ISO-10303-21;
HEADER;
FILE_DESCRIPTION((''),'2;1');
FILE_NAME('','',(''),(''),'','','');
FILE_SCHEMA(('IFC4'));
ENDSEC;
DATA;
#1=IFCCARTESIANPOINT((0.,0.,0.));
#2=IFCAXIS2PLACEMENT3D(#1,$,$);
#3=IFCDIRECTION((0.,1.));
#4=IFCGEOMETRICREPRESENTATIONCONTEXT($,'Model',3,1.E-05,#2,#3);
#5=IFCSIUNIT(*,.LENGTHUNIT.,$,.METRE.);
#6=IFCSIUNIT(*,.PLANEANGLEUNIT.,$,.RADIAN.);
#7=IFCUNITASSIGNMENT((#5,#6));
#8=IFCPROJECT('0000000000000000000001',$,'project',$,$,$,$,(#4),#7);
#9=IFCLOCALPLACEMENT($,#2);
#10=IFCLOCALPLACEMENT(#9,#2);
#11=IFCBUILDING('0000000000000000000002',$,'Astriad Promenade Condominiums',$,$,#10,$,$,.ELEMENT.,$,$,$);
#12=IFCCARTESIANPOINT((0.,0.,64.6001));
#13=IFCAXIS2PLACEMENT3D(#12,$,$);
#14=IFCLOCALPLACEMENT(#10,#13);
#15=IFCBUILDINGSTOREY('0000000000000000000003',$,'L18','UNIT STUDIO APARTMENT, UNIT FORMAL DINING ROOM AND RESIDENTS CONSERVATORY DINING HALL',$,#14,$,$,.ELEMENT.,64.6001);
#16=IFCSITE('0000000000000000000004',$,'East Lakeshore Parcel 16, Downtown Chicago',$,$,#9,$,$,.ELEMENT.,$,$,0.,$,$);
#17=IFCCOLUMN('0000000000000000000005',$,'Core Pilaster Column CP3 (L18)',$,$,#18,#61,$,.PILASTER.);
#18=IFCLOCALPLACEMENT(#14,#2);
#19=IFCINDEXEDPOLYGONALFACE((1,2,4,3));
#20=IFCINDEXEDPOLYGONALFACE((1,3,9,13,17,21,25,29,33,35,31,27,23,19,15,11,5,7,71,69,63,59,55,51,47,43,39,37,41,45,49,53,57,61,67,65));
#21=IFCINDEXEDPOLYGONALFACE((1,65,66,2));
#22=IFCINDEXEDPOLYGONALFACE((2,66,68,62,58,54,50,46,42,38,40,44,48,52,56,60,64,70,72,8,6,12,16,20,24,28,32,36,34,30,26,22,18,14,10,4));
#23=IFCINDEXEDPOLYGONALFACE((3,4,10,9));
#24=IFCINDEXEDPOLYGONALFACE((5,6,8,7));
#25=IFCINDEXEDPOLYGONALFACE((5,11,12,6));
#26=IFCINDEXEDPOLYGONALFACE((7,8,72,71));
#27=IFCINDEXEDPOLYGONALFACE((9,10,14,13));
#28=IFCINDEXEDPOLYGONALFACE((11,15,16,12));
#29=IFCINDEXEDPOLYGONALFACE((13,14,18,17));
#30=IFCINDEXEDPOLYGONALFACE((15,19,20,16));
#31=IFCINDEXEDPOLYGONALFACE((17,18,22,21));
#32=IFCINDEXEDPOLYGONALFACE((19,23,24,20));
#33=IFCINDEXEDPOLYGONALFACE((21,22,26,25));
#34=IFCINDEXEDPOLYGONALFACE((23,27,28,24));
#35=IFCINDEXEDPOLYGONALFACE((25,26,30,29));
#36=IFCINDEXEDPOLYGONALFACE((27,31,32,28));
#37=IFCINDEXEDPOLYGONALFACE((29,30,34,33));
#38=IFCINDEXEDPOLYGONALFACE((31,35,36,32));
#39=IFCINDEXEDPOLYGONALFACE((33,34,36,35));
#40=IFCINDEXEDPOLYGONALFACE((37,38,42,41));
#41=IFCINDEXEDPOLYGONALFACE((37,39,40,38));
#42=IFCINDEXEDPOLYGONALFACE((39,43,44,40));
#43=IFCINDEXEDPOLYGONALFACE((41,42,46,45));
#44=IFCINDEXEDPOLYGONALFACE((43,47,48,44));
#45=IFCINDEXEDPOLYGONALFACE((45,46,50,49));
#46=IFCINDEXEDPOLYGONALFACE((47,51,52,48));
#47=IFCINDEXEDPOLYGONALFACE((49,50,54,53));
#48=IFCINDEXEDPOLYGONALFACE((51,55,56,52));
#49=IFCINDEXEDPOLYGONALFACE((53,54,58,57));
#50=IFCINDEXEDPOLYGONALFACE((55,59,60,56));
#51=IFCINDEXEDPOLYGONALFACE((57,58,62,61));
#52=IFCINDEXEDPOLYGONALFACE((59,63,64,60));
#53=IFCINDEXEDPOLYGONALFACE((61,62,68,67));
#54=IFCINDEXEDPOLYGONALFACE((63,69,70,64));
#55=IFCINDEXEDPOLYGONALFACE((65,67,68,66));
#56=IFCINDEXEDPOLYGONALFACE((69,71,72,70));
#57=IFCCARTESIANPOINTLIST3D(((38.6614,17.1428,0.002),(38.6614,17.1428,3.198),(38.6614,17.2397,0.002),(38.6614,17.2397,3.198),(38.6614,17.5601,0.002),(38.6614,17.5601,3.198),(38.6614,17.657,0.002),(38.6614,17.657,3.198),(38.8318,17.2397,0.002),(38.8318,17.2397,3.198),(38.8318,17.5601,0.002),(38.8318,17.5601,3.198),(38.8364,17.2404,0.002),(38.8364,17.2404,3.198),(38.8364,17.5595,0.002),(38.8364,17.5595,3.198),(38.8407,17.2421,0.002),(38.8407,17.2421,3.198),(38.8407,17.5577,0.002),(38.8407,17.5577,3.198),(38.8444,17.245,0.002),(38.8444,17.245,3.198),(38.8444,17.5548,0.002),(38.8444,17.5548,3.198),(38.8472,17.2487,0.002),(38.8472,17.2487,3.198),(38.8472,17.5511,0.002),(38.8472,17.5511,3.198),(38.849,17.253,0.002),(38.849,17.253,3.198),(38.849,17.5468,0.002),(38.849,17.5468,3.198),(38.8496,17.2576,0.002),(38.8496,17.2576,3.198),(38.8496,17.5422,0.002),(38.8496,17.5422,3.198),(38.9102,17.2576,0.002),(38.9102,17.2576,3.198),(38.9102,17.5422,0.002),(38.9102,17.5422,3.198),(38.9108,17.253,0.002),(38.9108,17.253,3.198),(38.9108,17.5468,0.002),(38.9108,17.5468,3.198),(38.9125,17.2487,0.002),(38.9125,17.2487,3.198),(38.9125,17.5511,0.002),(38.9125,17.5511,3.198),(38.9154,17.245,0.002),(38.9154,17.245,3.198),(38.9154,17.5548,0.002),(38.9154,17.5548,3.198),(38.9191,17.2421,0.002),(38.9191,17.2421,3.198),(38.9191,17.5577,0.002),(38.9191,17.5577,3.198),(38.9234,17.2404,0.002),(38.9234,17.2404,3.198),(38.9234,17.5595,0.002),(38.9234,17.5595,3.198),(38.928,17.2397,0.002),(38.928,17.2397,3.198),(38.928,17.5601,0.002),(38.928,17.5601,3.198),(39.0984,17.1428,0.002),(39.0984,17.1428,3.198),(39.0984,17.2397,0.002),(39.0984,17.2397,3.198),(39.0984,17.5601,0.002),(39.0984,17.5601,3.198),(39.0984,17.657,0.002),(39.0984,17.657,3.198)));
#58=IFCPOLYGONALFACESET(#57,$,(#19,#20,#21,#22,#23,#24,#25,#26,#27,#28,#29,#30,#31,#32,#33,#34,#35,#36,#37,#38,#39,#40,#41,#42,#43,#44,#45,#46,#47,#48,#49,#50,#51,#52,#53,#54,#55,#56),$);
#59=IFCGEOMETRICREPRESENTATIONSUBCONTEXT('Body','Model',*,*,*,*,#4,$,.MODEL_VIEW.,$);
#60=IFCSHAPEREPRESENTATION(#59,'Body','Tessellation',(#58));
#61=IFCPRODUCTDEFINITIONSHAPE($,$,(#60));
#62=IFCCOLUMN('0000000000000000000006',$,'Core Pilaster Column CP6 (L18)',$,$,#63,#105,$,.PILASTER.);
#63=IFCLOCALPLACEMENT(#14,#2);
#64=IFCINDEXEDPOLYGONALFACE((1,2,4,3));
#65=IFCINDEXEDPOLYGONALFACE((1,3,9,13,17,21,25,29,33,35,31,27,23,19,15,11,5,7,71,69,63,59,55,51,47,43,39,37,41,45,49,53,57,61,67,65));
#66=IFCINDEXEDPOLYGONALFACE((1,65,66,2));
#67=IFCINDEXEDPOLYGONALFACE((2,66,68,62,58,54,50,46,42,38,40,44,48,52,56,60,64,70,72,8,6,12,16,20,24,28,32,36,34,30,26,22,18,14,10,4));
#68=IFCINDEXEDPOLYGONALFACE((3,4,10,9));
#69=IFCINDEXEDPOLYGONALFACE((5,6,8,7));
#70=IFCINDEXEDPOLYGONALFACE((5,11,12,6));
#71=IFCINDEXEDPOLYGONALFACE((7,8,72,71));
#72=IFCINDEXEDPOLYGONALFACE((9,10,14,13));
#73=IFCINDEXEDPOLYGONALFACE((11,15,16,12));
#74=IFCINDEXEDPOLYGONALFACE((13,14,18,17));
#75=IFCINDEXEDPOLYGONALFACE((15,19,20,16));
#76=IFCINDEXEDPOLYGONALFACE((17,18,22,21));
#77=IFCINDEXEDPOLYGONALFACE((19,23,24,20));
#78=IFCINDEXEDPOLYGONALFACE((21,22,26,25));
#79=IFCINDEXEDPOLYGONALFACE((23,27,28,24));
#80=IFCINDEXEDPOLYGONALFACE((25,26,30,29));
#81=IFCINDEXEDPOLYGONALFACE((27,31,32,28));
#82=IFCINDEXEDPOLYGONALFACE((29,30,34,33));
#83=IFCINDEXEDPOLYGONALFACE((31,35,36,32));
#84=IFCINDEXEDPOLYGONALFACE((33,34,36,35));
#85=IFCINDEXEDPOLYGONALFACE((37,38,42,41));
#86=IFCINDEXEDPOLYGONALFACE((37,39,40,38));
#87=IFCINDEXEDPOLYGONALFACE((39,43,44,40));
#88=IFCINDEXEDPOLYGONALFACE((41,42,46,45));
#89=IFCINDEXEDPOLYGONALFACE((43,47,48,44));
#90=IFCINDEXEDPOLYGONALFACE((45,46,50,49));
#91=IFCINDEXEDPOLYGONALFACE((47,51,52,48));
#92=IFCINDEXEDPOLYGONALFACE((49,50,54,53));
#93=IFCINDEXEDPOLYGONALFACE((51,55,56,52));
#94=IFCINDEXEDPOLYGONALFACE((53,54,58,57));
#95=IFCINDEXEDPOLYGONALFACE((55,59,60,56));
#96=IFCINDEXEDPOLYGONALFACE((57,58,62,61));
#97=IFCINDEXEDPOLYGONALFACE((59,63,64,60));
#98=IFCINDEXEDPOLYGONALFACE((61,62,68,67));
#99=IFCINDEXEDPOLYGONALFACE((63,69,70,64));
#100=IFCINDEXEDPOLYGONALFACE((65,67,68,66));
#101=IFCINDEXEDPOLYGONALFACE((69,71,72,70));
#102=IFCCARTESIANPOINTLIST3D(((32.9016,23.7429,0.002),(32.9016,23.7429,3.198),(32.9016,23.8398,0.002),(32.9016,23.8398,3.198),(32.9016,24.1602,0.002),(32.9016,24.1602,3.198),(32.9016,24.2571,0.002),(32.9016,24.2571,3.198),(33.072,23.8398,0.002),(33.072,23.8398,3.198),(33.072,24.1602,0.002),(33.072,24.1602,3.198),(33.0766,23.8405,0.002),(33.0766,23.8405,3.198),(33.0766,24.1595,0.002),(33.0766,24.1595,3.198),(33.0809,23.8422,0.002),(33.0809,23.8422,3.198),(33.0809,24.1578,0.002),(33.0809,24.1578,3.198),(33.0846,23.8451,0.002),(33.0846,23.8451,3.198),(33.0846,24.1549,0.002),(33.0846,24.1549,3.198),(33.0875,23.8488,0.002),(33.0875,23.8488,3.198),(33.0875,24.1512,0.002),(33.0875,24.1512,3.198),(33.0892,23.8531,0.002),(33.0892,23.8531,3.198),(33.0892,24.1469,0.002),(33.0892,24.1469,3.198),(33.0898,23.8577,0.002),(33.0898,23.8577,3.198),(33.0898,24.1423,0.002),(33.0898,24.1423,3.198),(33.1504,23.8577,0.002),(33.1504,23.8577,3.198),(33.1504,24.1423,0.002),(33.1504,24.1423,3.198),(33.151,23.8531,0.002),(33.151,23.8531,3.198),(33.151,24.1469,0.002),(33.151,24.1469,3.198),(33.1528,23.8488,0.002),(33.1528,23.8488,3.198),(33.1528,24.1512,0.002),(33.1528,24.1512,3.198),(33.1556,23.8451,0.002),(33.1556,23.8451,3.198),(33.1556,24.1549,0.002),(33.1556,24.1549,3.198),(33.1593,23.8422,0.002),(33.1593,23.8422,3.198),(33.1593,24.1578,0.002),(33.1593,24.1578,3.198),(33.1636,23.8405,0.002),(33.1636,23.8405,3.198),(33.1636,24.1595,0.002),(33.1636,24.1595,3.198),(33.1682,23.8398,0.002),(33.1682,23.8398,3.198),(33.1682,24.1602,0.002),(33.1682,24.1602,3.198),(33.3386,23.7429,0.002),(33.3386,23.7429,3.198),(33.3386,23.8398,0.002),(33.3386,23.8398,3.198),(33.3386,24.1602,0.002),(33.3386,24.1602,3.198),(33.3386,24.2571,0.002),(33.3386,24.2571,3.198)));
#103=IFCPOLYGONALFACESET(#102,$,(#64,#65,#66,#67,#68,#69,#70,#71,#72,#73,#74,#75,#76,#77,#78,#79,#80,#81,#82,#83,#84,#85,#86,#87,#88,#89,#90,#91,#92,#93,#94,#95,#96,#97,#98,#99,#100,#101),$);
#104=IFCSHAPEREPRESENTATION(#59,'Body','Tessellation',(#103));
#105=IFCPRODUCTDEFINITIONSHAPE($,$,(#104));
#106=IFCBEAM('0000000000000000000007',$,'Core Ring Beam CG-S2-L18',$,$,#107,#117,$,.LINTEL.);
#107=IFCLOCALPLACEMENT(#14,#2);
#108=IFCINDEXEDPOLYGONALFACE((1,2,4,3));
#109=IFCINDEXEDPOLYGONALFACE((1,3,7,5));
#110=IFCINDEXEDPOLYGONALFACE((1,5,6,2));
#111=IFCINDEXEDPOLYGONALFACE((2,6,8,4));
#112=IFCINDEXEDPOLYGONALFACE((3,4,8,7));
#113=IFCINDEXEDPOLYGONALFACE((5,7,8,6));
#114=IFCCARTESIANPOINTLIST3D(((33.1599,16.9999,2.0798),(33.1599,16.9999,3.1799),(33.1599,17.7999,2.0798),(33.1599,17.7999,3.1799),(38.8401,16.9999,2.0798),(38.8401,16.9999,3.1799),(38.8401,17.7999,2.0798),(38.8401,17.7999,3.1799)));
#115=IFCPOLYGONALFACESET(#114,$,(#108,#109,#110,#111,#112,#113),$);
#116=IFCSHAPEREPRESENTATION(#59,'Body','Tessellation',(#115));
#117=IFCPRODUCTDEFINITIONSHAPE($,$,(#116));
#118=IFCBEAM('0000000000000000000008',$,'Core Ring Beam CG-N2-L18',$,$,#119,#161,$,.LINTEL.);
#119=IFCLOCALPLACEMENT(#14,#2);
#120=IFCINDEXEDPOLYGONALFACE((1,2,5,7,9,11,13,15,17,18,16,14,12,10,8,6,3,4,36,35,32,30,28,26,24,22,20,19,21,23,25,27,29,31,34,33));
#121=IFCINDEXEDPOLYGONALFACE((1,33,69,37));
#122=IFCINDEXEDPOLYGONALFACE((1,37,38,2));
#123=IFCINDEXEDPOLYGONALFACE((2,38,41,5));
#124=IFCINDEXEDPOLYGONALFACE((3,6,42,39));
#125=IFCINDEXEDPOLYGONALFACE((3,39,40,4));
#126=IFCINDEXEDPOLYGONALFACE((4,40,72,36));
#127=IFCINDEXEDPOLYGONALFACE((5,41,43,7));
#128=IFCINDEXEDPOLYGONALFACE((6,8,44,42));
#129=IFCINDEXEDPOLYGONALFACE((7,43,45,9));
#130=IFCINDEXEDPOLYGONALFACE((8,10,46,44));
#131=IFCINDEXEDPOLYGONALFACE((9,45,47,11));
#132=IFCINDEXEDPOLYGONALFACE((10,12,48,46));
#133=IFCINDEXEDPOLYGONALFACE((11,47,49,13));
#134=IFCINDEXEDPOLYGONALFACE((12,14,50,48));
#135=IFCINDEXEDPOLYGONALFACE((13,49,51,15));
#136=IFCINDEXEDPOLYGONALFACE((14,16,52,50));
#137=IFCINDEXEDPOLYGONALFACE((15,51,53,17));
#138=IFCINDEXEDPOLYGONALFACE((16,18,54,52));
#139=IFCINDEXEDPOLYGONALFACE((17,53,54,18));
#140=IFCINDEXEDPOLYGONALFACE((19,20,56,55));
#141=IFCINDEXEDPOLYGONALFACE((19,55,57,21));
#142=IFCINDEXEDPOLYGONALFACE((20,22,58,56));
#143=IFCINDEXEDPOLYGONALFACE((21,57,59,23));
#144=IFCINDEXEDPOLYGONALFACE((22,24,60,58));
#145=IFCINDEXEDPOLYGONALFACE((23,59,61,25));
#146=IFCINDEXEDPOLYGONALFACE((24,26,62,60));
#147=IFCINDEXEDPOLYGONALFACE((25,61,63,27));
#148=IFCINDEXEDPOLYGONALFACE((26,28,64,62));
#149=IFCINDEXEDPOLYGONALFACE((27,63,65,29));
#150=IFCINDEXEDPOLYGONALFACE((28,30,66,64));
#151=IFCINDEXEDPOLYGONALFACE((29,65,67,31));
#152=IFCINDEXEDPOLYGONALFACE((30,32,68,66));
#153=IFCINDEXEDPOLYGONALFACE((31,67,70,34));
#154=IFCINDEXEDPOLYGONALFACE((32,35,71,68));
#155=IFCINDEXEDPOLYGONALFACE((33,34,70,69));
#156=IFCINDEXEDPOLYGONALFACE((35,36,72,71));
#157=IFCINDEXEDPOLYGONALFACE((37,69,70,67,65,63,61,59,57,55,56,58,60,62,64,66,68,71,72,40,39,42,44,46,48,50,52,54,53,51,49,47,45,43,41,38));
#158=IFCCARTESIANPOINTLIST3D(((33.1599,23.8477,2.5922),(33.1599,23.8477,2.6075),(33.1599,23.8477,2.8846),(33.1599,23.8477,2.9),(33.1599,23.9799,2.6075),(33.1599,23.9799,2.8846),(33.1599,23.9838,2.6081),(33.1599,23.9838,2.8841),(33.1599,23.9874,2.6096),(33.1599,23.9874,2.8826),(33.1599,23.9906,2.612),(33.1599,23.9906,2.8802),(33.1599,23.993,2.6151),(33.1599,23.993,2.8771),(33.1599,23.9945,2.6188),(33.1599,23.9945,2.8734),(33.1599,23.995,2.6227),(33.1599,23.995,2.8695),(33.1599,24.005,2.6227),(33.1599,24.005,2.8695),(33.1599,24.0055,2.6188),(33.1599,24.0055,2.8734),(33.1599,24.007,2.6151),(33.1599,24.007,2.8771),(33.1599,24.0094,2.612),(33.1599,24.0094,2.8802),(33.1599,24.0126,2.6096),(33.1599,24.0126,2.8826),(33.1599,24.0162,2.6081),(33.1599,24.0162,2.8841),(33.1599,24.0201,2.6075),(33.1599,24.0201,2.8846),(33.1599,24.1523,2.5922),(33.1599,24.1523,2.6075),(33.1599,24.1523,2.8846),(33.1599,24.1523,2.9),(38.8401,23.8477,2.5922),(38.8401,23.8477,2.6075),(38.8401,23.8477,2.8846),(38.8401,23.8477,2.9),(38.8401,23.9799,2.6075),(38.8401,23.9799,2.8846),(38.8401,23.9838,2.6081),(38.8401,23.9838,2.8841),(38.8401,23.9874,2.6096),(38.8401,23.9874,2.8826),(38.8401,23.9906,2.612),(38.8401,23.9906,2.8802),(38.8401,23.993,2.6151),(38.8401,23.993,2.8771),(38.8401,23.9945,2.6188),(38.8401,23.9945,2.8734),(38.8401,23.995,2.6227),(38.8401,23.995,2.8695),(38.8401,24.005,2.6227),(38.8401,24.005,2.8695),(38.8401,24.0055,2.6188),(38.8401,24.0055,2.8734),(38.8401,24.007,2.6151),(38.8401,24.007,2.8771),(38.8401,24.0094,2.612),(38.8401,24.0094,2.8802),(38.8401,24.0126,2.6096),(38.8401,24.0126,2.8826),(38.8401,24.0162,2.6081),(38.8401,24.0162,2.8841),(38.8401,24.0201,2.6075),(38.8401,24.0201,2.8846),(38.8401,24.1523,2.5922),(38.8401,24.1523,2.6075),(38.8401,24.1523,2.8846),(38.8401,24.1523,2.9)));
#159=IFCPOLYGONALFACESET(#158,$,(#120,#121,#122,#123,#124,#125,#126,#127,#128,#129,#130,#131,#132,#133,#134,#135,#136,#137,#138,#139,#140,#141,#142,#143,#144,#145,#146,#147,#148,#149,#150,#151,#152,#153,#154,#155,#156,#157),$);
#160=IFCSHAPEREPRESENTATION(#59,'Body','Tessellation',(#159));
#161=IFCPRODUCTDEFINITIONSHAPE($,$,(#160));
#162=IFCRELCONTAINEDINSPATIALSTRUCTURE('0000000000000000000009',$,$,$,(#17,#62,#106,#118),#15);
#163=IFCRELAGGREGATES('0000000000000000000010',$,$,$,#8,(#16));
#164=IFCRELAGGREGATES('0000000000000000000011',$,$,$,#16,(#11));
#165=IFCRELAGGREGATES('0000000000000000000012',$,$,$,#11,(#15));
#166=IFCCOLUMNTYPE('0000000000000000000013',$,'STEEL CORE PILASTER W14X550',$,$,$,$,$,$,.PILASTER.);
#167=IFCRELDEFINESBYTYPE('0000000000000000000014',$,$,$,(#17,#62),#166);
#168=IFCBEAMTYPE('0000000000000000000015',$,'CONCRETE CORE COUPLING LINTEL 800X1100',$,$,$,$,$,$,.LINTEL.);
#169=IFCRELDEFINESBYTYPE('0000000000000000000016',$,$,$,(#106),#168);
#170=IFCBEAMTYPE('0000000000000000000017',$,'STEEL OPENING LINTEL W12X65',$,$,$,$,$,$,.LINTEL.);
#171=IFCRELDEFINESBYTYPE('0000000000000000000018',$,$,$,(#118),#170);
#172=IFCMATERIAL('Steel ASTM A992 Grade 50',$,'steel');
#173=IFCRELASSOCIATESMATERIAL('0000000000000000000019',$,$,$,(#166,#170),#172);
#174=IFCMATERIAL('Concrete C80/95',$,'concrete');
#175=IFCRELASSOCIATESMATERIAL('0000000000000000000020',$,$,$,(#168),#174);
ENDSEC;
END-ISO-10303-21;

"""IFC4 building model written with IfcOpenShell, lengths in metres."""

from ifc_helpers import new_model, si_unit, direction, frame, origin, origin_2d, place, context, subcontext, project, spatial, rectangle, i_section, extrude, source, transform, mapped, material, material_profile, profile_set, type_object, type_shapes, element, save


model = new_model("IFC4")

# Units and contexts
model_context = context("Model", 3, precision=1e-05, world=origin(), true_north=direction((0.0, 1.0)))
body_context = subcontext(model_context, "Body", "Model", "MODEL_VIEW")
ifc_project = project(units=[si_unit("LENGTHUNIT", "METRE"), si_unit("PLANEANGLEUNIT", "RADIAN")], contexts=[model_context])

# Site, building, storey
site_placement = place(None, origin())
site = spatial("IfcSite", under=ifc_project, at=site_placement, Name="East Lakeshore Parcel 16, Downtown Chicago", CompositionType="ELEMENT", RefElevation=0.0)
building_placement = place(site_placement, origin())
building = spatial("IfcBuilding", under=site, at=building_placement, Name="Astriad Promenade Condominiums", CompositionType="ELEMENT")
storey_placement = place(building_placement, frame((0.0, 0.0, 64.6001)))
storey = spatial("IfcBuildingStorey", under=building, at=storey_placement, Name="L18", Description="UNIT STUDIO APARTMENT, UNIT FORMAL DINING ROOM AND RESIDENTS CONSERVATORY DINING HALL", CompositionType="ELEMENT", Elevation=64.6001)

# Columns
ifc_material_1 = material(Name="Steel ASTM A992 Grade 50", Category="steel")
ifc_material_profile_1 = material_profile(ifc_material_1, i_section(OverallWidth=0.437, OverallDepth=0.5142, WebThickness=0.0605, FlangeThickness=0.0969, FilletRadius=0.0178, at=origin_2d()), Name="W14X550")
ifc_profile_set_1 = profile_set([ifc_material_profile_1], Name="Steel ASTM A992 Grade 50")
column_type = type_object("IfcColumnType", Name="STEEL CORE PILASTER W14X550", PredefinedType="PILASTER", material=ifc_profile_set_1)
shared_shape_1 = source(origin(), body_context, "Body", "SweptSolid", [
    extrude(i_section(OverallWidth=0.437, OverallDepth=0.5142, WebThickness=0.0605, FlangeThickness=0.0969, FilletRadius=0.0178, at=origin_2d()), origin(), (0.0, 0.0, 1.0), 3.196),
])
type_shapes(column_type, [shared_shape_1])
for number, where, z_axis, x_axis, name in (
    (1, (38.8799, 17.3999, 0.002), (0.0, 0.0, 1.0), (1.0, 0.0, 0.0), "Core Pilaster Column CP3 (L18)"),
    (2, (33.1201, 24.0, 0.002), (0.0, 0.0, 1.0), (1.0, 0.0, 0.0), "Core Pilaster Column CP6 (L18)"),
):
    element("IfcColumn", number, at=place(storey_placement, frame(where, z_axis=z_axis, x_axis=x_axis)), inside=storey, type_object=column_type, Name=name, PredefinedType="PILASTER", context=body_context, shape_type="MappedRepresentation", body=[
        mapped(shared_shape_1, transform((0.0, 0.0, 0.0), scale=1.0)),
    ])

# Beams
ifc_material_2 = material(Name="Concrete C80/95", Category="concrete")
ifc_material_profile_2 = material_profile(ifc_material_2, rectangle(XDim=0.8, YDim=1.1001, at=origin_2d()), Name="RC-BM-800X1100")
ifc_profile_set_2 = profile_set([ifc_material_profile_2], Name="Concrete C80/95")
beam_type_1 = type_object("IfcBeamType", Name="CONCRETE CORE COUPLING LINTEL 800X1100", PredefinedType="LINTEL", material=ifc_profile_set_2)
shared_shape_2 = source(origin(), body_context, "Body", "SweptSolid", [
    extrude(rectangle(XDim=0.8, YDim=1.1001, at=origin_2d()), origin(), (0.0, 0.0, 1.0), 5.6802),
])
type_shapes(beam_type_1, [shared_shape_2])
beam_1_placement = place(storey_placement, frame((33.1599, 17.3999, 2.6299), z_axis=(1.0, 0.0, 0.0), x_axis=(0.0, 1.0, 0.0)))
element("IfcBeam", 3, at=beam_1_placement, inside=storey, type_object=beam_type_1, Name="Core Ring Beam CG-S2-L18", PredefinedType="LINTEL", context=body_context, shape_type="MappedRepresentation", body=[
    mapped(shared_shape_2, transform((0.0, 0.0, 0.0), scale=1.0)),
])
ifc_material_profile_3 = material_profile(ifc_material_1, i_section(OverallWidth=0.3047, OverallDepth=0.3079, WebThickness=0.01, FlangeThickness=0.0154, FilletRadius=0.0151, at=origin_2d()), Name="W12X65")
ifc_profile_set_3 = profile_set([ifc_material_profile_3], Name="Steel ASTM A992 Grade 50")
beam_type_2 = type_object("IfcBeamType", Name="STEEL OPENING LINTEL W12X65", PredefinedType="LINTEL", material=ifc_profile_set_3)
shared_shape_3 = source(origin(), body_context, "Body", "SweptSolid", [
    extrude(i_section(OverallWidth=0.3047, OverallDepth=0.3079, WebThickness=0.01, FlangeThickness=0.0154, FilletRadius=0.0151, at=origin_2d()), origin(), (0.0, 0.0, 1.0), 5.6802),
])
type_shapes(beam_type_2, [shared_shape_3])
beam_2_placement = place(storey_placement, frame((33.1599, 24.0, 2.7461), z_axis=(1.0, 0.0, 0.0), x_axis=(0.0, 1.0, 0.0)))
element("IfcBeam", 4, at=beam_2_placement, inside=storey, type_object=beam_type_2, Name="Core Ring Beam CG-N2-L18", PredefinedType="LINTEL", context=body_context, shape_type="MappedRepresentation", body=[
    mapped(shared_shape_3, transform((0.0, 0.0, 0.0), scale=1.0)),
])

save(model, "model.ifc")
